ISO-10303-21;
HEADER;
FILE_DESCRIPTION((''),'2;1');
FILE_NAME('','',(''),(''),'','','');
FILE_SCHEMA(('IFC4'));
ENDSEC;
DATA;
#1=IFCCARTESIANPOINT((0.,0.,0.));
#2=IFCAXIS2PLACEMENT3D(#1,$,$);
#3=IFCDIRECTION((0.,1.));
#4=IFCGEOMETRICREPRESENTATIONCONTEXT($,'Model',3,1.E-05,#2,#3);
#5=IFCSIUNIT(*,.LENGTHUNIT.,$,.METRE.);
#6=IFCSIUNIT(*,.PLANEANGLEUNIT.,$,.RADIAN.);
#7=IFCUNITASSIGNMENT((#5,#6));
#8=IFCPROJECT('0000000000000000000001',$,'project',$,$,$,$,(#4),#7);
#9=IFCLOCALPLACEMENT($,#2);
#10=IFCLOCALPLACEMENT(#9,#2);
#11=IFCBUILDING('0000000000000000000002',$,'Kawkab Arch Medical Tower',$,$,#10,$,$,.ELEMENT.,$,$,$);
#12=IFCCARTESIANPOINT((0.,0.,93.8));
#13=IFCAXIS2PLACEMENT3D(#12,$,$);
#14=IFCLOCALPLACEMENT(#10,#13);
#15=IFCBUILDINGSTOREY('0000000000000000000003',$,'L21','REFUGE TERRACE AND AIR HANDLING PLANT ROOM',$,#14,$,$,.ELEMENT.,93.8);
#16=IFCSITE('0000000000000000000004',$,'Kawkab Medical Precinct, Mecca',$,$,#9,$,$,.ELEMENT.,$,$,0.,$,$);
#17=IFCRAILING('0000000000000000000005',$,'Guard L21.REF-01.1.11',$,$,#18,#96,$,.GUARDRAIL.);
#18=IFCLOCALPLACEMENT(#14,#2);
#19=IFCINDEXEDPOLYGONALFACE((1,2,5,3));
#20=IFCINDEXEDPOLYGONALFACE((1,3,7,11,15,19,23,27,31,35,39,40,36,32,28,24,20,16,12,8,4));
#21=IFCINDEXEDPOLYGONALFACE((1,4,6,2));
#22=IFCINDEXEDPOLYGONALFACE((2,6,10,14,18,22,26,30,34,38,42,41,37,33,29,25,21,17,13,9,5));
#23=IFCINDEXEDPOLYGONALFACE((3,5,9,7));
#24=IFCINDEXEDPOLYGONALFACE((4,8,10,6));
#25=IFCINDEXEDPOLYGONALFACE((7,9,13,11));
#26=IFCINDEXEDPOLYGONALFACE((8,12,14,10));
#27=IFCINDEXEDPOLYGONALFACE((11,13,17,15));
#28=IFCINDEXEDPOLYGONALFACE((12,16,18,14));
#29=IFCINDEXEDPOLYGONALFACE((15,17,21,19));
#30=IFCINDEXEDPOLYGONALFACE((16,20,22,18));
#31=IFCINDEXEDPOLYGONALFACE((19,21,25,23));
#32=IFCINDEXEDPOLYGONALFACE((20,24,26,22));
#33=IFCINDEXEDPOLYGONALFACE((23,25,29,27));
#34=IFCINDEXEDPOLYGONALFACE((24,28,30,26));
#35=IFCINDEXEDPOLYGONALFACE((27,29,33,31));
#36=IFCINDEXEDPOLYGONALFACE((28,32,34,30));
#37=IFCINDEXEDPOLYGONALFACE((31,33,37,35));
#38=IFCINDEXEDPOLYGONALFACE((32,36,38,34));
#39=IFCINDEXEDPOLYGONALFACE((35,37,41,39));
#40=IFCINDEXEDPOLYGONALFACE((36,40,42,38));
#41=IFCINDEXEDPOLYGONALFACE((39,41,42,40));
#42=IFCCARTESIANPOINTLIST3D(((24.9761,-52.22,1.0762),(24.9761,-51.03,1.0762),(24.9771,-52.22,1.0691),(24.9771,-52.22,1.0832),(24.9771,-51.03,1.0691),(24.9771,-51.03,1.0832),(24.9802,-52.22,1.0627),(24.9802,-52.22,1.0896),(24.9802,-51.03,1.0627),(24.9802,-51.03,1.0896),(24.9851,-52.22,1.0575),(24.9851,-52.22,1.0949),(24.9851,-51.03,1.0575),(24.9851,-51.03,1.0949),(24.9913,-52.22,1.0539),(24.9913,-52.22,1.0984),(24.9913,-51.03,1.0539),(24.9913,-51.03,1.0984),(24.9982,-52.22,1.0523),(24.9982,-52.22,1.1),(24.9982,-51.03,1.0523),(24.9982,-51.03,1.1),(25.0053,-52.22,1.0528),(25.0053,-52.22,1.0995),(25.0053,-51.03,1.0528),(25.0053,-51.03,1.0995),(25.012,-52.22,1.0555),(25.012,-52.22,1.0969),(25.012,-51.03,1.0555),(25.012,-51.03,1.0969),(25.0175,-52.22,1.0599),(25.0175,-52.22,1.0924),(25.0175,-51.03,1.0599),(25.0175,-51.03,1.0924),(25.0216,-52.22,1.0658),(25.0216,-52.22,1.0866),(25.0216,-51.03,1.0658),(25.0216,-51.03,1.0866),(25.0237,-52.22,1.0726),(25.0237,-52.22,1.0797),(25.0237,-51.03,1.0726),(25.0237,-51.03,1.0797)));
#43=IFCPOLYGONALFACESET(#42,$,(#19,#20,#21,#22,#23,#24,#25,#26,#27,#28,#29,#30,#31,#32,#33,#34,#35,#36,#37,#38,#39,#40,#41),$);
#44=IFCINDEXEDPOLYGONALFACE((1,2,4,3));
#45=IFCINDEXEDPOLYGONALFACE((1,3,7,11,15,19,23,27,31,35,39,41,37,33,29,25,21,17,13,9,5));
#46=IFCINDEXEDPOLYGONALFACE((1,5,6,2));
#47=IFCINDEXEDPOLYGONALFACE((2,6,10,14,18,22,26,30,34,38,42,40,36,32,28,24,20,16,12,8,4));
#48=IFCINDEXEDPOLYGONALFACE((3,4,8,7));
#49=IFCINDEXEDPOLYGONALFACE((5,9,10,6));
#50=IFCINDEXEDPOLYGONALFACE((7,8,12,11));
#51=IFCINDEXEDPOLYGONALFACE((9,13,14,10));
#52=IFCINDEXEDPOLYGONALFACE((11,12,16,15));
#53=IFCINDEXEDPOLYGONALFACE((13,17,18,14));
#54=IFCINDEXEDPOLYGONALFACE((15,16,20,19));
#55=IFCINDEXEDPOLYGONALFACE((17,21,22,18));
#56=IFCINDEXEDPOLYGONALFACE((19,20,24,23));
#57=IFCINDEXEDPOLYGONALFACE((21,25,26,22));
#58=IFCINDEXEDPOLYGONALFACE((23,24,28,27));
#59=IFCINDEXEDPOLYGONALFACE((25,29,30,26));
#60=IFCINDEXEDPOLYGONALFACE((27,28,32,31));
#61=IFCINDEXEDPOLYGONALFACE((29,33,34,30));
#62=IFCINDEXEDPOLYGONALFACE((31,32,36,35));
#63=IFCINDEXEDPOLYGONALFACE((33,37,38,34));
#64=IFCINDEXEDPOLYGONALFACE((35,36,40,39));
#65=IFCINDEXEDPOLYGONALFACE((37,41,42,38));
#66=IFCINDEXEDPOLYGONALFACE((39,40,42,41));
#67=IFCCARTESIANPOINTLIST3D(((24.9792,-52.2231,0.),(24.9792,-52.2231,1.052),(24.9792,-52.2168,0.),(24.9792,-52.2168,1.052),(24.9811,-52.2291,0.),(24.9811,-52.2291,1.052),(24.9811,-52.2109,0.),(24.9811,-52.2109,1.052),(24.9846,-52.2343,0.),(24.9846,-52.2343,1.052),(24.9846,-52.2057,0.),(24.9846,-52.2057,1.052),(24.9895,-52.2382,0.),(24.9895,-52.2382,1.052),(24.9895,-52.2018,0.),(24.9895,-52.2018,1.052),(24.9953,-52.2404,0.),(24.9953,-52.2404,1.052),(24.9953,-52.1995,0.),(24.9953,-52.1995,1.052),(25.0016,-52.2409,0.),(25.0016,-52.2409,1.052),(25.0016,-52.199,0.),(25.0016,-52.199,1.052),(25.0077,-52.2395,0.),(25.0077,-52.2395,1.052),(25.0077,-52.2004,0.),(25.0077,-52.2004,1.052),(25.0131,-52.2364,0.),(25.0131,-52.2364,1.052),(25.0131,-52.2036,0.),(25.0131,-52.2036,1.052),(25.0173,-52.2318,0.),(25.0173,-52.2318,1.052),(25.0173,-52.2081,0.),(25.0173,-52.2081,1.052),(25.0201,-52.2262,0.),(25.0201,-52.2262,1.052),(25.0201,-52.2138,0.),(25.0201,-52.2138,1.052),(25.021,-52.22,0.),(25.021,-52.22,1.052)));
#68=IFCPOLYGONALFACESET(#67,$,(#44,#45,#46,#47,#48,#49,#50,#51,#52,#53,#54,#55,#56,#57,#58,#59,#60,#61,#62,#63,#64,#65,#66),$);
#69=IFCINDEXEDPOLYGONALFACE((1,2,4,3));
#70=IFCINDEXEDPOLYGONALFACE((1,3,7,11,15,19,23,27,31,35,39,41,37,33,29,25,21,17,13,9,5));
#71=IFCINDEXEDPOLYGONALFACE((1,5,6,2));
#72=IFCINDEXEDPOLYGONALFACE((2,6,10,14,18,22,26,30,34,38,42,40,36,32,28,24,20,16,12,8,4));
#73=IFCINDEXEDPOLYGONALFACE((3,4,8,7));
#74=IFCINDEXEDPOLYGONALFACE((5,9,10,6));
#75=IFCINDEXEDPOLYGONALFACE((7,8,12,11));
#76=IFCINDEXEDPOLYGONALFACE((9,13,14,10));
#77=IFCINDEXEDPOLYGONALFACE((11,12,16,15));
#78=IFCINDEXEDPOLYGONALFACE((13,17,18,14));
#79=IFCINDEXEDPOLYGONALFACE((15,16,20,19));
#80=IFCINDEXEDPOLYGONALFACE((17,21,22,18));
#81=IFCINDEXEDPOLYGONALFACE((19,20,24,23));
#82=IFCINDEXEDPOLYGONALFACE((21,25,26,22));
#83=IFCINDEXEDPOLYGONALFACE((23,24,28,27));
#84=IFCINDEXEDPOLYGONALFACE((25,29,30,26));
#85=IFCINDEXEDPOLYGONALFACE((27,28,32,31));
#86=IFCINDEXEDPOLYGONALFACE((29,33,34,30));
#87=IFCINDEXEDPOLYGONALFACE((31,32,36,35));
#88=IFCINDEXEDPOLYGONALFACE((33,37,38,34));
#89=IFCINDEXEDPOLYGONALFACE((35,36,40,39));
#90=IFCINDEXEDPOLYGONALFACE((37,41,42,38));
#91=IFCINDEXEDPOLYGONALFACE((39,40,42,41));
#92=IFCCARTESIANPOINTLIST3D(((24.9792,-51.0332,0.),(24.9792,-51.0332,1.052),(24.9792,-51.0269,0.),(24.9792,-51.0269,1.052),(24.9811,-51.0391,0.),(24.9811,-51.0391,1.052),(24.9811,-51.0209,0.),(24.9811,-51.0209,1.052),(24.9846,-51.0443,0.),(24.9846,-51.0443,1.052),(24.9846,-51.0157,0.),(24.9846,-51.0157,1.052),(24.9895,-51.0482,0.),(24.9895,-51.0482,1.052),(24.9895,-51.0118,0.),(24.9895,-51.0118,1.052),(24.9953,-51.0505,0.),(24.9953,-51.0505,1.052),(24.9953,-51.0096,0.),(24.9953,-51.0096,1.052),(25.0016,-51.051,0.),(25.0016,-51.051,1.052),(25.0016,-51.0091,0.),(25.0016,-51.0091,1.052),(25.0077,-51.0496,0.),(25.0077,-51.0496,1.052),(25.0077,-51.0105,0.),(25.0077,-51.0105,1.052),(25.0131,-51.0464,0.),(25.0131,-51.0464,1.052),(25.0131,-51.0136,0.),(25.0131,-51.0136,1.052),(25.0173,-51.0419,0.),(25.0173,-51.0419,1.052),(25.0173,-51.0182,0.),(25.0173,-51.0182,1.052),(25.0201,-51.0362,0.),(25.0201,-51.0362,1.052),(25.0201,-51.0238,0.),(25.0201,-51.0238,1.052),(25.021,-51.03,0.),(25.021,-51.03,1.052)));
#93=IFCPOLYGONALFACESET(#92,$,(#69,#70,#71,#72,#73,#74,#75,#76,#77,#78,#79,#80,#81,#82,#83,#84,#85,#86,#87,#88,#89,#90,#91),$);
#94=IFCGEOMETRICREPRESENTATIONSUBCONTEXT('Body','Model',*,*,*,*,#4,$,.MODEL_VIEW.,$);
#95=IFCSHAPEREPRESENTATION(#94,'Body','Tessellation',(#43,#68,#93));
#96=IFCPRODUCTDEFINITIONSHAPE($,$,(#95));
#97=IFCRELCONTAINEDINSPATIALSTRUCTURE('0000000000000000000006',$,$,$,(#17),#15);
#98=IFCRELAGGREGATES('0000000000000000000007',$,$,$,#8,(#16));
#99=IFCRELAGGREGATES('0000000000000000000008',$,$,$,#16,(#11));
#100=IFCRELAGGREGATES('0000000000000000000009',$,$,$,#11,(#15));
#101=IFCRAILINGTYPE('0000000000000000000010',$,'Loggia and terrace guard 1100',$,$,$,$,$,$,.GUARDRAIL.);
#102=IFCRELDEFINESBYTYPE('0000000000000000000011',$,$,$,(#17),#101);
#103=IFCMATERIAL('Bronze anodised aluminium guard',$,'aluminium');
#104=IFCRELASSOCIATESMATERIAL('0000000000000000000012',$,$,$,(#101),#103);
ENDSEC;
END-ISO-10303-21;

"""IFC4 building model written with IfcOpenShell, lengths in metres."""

from ifc_helpers import new_model, si_unit, direction, frame, origin, origin_2d, place, context, subcontext, project, spatial, circle, extrude, material, type_object, element, save


model = new_model("IFC4")

# Units and contexts
model_context = context("Model", 3, precision=1e-05, world=origin(), true_north=direction((0.0, 1.0)))
body_context = subcontext(model_context, "Body", "Model", "MODEL_VIEW")
ifc_project = project(units=[si_unit("LENGTHUNIT", "METRE"), si_unit("PLANEANGLEUNIT", "RADIAN")], contexts=[model_context])

# Site, building, storey
site_placement = place(None, origin())
site = spatial("IfcSite", under=ifc_project, at=site_placement, Name="Kawkab Medical Precinct, Mecca", CompositionType="ELEMENT", RefElevation=0.0)
building_placement = place(site_placement, origin())
building = spatial("IfcBuilding", under=site, at=building_placement, Name="Kawkab Arch Medical Tower", CompositionType="ELEMENT")
storey_placement = place(building_placement, frame((0.0, 0.0, 93.8)))
storey = spatial("IfcBuildingStorey", under=building, at=storey_placement, Name="L21", Description="REFUGE TERRACE AND AIR HANDLING PLANT ROOM", CompositionType="ELEMENT", Elevation=93.8)

# Railing
ifc_material_1 = material(Name="Bronze anodised aluminium guard", Category="aluminium")
railing_type = type_object("IfcRailingType", Name="Loggia and terrace guard 1100", PredefinedType="GUARDRAIL", material=ifc_material_1)
railing_1_placement = place(storey_placement, frame((25.0, -52.22, 0.0)))
element("IfcRailing", 1, at=railing_1_placement, inside=storey, type_object=railing_type, Name="Guard L21.REF-01.1.11", PredefinedType="GUARDRAIL", context=body_context, shape_type="SweptSolid", body=[
    extrude(circle(Radius=0.0239, at=origin_2d()), frame((0.0, 0.0, 1.0762), z_axis=(0.0, 1.0, 0.0), x_axis=(-1.0, 0.0, 0.0)), (0.0, 0.0, 1.0), 1.1899),
    extrude(circle(Radius=0.021, at=origin_2d()), origin(), (0.0, 0.0, 1.0), 1.052),
    extrude(circle(Radius=0.021, at=origin_2d()), frame((0.0, 1.1899, 0.0)), (0.0, 0.0, 1.0), 1.052),
])

save(model, "model.ifc")
